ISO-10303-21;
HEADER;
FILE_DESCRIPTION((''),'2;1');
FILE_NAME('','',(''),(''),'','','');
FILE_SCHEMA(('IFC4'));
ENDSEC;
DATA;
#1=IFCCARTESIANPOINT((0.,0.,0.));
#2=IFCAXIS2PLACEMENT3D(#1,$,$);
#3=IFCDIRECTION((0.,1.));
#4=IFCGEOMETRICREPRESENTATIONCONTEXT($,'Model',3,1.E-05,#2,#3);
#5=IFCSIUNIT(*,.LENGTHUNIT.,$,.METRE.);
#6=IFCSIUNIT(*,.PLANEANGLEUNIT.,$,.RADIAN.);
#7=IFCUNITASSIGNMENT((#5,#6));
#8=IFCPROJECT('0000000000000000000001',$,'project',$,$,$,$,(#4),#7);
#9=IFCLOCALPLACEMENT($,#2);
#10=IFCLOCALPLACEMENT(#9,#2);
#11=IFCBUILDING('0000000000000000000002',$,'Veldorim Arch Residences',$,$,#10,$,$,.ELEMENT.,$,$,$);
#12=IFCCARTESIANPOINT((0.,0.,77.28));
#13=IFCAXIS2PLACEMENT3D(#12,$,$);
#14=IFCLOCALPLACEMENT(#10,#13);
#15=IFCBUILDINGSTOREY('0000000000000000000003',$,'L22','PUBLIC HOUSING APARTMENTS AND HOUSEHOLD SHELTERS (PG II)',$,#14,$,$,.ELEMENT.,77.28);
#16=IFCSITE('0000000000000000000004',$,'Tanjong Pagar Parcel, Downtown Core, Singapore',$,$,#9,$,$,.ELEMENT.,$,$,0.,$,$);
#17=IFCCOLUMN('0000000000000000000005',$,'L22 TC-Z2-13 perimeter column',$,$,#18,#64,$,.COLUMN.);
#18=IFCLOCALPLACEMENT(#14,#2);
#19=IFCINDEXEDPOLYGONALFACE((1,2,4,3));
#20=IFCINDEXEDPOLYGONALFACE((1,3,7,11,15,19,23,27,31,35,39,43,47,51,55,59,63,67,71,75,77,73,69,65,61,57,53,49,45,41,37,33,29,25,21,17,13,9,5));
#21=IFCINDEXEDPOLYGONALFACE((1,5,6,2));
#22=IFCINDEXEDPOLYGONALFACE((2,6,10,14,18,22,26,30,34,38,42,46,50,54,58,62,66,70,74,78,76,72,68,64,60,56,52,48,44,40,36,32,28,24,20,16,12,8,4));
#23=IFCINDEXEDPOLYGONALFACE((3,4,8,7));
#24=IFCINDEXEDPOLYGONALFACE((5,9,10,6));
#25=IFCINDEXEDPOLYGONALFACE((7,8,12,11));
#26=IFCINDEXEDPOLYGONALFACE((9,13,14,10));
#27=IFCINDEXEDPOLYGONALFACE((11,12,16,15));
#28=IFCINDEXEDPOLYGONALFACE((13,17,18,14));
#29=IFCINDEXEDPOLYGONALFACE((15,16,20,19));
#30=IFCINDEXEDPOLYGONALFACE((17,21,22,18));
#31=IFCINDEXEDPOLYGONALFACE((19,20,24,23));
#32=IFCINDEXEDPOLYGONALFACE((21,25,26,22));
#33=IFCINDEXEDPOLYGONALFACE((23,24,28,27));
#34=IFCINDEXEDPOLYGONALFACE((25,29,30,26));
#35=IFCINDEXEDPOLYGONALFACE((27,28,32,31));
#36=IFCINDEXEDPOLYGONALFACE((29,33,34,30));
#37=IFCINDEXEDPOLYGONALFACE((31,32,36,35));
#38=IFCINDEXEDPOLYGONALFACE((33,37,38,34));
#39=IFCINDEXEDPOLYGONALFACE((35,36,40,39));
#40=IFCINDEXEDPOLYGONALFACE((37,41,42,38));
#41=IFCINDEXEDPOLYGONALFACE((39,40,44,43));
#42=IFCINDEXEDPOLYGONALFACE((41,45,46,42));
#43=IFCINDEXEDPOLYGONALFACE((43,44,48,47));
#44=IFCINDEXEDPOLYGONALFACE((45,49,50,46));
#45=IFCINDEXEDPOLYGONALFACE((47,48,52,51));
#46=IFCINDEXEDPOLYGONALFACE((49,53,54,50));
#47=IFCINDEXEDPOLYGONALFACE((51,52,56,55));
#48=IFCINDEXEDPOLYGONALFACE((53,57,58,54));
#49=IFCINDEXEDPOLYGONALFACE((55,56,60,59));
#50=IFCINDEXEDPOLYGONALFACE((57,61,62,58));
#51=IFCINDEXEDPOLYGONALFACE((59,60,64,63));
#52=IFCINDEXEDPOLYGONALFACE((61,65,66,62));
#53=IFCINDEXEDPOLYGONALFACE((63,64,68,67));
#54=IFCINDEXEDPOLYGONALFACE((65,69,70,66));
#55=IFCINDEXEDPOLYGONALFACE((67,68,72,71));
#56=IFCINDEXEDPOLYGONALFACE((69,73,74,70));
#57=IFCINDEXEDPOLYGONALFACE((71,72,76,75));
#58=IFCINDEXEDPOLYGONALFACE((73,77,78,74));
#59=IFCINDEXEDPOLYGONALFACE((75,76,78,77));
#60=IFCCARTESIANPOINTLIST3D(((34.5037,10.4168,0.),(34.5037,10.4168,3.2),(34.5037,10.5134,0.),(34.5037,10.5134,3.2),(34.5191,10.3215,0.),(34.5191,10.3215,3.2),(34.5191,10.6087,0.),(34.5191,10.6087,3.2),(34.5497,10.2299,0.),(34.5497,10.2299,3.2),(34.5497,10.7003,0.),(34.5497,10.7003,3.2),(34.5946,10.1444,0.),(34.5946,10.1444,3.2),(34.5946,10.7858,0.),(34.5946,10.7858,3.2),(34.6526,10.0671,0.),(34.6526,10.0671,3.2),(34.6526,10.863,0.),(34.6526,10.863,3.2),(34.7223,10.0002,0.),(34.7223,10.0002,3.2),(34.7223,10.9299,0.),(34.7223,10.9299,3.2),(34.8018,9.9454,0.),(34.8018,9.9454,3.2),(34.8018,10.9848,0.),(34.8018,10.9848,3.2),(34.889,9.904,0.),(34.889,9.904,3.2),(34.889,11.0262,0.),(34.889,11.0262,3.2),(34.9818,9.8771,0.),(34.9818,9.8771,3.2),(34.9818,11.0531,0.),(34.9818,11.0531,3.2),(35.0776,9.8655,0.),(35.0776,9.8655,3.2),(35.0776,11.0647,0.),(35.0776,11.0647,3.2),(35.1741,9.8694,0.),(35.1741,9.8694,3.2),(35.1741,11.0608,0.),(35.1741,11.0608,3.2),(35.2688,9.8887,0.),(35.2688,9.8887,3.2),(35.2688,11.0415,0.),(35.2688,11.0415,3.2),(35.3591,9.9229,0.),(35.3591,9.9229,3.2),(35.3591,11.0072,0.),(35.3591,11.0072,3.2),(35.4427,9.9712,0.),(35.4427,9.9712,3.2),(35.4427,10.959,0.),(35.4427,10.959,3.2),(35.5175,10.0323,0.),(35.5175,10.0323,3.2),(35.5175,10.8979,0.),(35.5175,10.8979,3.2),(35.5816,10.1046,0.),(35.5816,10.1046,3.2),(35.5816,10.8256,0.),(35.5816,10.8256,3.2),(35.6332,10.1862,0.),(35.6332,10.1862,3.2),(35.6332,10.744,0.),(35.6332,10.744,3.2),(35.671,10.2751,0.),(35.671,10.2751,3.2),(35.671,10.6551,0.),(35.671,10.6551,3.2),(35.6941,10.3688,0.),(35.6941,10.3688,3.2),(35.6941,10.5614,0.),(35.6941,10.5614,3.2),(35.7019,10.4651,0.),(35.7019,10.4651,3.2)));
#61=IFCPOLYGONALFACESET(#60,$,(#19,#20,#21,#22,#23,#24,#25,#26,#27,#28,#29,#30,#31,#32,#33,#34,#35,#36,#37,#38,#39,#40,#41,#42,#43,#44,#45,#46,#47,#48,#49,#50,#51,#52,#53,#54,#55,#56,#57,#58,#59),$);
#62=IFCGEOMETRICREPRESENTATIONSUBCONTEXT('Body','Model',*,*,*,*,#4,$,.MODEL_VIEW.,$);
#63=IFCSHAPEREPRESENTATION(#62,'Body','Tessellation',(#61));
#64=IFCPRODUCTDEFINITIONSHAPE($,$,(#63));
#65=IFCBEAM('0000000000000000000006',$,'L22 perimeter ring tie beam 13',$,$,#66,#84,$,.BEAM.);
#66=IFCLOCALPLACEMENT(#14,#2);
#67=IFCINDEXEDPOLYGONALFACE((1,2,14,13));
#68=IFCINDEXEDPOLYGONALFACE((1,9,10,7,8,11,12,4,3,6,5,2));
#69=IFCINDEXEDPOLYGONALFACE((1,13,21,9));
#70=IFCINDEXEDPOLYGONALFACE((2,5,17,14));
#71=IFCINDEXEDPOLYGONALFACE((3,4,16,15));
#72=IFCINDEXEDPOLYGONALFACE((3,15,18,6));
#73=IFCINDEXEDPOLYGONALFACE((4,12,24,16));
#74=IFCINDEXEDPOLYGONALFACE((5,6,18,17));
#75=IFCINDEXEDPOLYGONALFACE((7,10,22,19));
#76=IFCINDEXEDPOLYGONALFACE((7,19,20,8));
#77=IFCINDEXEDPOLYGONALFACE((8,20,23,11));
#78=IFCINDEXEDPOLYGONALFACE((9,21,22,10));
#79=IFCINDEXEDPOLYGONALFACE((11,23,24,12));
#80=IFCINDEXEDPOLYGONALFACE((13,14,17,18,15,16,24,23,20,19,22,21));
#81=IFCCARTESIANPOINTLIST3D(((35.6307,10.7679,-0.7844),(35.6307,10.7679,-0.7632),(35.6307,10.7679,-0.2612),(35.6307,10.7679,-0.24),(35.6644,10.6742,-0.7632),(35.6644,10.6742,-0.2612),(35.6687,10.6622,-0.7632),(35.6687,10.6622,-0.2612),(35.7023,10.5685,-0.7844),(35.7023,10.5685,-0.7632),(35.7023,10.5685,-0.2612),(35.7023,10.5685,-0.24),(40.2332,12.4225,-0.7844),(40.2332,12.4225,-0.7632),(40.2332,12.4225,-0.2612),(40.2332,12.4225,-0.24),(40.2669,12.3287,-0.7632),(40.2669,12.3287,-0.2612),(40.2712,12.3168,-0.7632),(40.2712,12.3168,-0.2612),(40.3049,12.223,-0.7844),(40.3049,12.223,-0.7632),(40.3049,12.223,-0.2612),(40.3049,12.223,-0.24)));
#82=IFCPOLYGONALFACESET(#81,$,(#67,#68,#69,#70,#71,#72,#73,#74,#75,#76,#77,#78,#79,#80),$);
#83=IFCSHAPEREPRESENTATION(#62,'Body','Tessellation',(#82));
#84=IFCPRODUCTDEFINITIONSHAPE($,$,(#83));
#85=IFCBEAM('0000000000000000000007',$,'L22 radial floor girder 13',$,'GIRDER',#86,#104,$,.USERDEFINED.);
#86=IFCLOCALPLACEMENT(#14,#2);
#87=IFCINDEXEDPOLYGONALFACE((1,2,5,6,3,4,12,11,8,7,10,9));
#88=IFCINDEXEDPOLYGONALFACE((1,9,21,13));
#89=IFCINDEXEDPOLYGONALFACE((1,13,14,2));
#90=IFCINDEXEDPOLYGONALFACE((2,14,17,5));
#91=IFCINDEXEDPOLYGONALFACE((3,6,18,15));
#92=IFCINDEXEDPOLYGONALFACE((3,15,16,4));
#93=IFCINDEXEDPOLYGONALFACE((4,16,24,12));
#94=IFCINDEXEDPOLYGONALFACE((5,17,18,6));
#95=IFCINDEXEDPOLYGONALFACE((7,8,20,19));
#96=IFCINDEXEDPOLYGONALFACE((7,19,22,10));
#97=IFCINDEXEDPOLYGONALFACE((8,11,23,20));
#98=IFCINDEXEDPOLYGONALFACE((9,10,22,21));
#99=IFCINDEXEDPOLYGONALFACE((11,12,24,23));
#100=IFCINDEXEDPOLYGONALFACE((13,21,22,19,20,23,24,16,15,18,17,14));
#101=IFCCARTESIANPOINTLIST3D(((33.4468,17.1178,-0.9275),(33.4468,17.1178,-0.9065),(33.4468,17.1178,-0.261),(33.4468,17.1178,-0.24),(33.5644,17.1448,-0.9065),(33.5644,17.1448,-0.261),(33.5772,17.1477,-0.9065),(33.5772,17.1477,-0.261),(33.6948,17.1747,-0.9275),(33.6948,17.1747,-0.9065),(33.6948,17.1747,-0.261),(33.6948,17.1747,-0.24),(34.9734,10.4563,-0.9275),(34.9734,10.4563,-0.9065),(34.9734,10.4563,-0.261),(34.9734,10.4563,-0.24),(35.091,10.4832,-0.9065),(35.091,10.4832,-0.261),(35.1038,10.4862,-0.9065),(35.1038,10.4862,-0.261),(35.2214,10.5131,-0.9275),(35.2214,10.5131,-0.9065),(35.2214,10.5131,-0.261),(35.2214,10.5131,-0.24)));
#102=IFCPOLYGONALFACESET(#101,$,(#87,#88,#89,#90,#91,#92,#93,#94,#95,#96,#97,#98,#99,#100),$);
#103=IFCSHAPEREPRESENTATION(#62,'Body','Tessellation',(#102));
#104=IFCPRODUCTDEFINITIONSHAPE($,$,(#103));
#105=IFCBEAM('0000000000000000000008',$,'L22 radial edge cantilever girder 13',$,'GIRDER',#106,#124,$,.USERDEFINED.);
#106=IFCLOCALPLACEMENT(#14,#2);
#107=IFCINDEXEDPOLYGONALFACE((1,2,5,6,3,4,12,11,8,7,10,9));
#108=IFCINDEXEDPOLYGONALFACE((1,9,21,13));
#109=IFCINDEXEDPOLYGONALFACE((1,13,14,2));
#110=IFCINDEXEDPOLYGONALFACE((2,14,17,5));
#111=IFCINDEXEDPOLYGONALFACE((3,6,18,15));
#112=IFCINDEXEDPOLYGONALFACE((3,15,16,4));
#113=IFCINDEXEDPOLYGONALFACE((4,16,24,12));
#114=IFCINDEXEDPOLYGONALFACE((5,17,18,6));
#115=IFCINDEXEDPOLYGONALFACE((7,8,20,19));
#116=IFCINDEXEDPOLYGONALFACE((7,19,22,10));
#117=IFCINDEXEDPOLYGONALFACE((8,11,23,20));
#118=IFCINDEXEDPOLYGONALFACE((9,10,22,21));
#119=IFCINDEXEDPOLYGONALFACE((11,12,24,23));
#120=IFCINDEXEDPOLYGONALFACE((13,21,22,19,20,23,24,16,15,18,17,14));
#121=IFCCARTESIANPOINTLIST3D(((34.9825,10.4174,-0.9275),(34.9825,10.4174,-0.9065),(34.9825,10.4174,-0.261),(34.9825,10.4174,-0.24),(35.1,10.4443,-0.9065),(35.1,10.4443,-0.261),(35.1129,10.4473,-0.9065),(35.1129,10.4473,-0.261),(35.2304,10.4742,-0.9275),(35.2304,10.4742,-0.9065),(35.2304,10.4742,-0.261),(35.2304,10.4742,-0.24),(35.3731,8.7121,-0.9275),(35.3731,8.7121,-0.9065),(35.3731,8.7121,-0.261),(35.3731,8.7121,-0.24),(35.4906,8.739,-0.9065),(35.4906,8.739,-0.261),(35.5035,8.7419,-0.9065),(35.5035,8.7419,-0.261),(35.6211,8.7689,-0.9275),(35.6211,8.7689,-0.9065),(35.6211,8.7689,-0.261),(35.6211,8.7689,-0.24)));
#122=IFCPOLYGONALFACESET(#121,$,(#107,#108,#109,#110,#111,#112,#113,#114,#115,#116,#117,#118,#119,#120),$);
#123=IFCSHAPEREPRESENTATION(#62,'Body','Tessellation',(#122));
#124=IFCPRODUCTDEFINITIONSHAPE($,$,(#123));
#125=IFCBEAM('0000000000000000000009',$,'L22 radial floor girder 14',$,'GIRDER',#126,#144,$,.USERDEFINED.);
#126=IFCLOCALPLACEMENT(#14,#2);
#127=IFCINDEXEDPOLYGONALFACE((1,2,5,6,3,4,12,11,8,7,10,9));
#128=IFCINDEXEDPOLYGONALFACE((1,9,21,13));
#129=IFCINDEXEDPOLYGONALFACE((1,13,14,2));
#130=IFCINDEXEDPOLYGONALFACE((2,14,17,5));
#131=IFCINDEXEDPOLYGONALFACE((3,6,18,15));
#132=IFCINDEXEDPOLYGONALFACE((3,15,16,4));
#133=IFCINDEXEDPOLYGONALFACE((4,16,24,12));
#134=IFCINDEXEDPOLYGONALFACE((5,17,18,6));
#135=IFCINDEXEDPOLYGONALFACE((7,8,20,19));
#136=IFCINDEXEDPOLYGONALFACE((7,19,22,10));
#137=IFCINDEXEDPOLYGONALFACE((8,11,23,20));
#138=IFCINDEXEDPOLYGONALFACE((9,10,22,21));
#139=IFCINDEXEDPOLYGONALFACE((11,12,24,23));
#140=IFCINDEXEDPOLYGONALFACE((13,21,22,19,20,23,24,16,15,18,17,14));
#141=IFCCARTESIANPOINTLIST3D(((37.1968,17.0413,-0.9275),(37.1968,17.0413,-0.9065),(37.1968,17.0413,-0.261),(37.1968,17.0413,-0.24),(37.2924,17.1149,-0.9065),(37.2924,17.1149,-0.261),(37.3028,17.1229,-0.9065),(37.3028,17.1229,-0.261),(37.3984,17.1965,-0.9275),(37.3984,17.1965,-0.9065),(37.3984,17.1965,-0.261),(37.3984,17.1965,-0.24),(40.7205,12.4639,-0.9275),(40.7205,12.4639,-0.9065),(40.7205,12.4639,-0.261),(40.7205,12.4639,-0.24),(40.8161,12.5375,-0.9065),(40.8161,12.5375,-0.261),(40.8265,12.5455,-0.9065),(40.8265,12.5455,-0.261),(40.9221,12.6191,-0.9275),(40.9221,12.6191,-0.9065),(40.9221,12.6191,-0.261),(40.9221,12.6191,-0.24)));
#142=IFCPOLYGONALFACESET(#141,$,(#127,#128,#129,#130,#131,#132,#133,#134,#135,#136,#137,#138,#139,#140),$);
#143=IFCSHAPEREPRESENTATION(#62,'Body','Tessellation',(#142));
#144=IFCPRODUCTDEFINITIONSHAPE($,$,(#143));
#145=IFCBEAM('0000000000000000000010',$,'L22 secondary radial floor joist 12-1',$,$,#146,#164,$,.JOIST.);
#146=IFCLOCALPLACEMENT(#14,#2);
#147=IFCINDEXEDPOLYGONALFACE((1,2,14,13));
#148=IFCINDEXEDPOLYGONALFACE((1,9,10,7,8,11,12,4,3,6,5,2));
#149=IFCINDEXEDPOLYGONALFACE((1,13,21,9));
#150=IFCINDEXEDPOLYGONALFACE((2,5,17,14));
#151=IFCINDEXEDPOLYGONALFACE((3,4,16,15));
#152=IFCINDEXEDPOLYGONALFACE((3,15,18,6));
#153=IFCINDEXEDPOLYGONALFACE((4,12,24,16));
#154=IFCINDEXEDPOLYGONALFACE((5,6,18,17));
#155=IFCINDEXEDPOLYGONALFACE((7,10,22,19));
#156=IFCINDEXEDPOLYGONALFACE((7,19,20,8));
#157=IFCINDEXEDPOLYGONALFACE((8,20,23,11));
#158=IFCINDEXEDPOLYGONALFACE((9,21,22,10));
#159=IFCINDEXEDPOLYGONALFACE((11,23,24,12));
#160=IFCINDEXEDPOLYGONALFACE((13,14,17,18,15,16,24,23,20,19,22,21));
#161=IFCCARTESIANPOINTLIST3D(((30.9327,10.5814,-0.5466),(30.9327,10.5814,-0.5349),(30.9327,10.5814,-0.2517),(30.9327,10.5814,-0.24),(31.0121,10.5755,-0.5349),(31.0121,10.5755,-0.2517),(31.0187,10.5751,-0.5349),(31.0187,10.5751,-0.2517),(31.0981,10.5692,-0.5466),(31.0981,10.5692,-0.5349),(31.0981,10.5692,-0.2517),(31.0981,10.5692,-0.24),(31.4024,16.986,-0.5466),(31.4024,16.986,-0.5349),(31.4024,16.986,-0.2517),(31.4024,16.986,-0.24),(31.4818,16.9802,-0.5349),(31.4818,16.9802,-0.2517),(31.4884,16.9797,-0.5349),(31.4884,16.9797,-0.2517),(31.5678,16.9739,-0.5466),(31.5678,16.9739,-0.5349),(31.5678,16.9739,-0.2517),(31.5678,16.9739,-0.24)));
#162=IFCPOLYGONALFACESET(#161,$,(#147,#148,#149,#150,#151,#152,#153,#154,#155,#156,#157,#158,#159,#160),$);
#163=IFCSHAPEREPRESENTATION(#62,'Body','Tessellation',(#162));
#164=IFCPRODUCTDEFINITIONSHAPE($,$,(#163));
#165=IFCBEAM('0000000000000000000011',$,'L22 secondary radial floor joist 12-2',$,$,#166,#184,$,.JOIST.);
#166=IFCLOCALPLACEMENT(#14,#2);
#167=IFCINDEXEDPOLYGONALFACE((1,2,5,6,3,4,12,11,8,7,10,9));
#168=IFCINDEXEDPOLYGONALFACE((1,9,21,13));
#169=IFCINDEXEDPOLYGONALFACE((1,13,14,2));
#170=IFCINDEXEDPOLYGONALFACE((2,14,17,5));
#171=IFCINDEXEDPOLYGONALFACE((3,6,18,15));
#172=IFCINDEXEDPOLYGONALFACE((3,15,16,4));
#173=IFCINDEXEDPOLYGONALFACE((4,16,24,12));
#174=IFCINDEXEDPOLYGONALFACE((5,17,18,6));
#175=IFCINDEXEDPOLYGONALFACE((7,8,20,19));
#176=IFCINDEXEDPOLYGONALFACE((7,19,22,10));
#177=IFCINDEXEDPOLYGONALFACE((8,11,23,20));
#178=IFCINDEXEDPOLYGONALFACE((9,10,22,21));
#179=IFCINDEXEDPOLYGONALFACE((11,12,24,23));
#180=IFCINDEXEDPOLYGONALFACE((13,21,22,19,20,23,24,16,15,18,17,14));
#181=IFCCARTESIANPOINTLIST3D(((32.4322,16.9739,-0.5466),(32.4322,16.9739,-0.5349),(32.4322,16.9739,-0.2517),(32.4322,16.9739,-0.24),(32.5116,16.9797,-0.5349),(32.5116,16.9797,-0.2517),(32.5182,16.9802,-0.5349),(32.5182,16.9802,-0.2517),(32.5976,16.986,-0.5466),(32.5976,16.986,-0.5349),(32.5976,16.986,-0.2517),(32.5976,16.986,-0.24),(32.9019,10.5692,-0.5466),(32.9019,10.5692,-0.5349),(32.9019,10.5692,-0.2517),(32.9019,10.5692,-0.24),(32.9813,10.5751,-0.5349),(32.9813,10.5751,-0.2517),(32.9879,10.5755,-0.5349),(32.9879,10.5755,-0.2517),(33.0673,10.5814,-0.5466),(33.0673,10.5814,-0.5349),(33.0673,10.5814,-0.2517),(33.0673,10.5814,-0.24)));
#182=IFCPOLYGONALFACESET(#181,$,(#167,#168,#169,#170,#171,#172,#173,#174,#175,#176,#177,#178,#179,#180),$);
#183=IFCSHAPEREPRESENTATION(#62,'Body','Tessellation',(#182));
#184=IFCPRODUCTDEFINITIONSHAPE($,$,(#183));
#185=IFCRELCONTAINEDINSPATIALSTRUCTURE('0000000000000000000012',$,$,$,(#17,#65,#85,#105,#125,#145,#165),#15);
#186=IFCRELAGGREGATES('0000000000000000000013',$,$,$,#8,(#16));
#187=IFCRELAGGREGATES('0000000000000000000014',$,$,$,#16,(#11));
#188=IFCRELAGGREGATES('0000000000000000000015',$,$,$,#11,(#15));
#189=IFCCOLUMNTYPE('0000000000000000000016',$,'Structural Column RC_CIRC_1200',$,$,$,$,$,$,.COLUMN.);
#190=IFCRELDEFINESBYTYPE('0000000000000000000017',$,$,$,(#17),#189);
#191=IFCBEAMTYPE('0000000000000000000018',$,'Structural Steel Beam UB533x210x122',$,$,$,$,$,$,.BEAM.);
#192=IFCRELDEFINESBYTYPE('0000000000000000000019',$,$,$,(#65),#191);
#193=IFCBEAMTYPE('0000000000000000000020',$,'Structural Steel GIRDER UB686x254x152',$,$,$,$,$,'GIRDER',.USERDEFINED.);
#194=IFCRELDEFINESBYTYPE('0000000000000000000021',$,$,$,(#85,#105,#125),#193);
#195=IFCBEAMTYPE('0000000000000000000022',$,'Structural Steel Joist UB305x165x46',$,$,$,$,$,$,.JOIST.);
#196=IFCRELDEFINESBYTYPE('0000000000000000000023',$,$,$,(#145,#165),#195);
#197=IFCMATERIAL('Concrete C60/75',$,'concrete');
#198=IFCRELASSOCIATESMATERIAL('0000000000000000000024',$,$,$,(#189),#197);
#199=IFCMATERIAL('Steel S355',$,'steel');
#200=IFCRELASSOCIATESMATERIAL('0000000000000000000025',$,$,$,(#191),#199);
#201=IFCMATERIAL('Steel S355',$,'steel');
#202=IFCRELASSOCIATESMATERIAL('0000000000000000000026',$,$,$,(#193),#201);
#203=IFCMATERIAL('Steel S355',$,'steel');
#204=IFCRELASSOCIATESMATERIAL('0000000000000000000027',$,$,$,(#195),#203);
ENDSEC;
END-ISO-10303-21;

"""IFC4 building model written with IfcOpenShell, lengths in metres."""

from ifc_helpers import new_model, si_unit, direction, frame, origin, origin_2d, place, context, subcontext, project, spatial, circle, i_section, extrude, material, material_profile, profile_set, type_object, element, save


model = new_model("IFC4")

# Units and contexts
model_context = context("Model", 3, precision=1e-05, world=origin(), true_north=direction((0.0, 1.0)))
body_context = subcontext(model_context, "Body", "Model", "MODEL_VIEW")
ifc_project = project(units=[si_unit("LENGTHUNIT", "METRE"), si_unit("PLANEANGLEUNIT", "RADIAN")], contexts=[model_context])

# Site, building, storey
site_placement = place(None, origin())
site = spatial("IfcSite", under=ifc_project, at=site_placement, Name="Tanjong Pagar Parcel, Downtown Core, Singapore", CompositionType="ELEMENT", RefElevation=0.0)
building_placement = place(site_placement, origin())
building = spatial("IfcBuilding", under=site, at=building_placement, Name="Veldorim Arch Residences", CompositionType="ELEMENT")
storey_placement = place(building_placement, frame((0.0, 0.0, 77.28)))
storey = spatial("IfcBuildingStorey", under=building, at=storey_placement, Name="L22", Description="PUBLIC HOUSING APARTMENTS AND HOUSEHOLD SHELTERS (PG II)", CompositionType="ELEMENT", Elevation=77.28)

# Column
ifc_material_1 = material(Name="Concrete C60/75", Category="concrete")
ifc_material_profile_1 = material_profile(ifc_material_1, circle(Radius=0.6001, at=origin_2d()), Name="RC_CIRC_1200")
ifc_profile_set_1 = profile_set([ifc_material_profile_1], Name="Concrete C60/75")
column_type = type_object("IfcColumnType", Name="Structural Column RC_CIRC_1200", PredefinedType="COLUMN", material=ifc_profile_set_1)
column_placement = place(storey_placement, frame((35.1018, 10.4651, 0.0), z_axis=(0.0, 0.0, 1.0), x_axis=(1.0, 0.0, 0.0)))
element("IfcColumn", 1, at=column_placement, inside=storey, type_object=column_type, Name="L22 TC-Z2-13 perimeter column", PredefinedType="COLUMN", context=body_context, shape_type="SweptSolid", body=[
    extrude(circle(Radius=0.6001, at=origin_2d()), origin(), (0.0, 0.0, 1.0), 3.2),
])

# Beams
ifc_material_2 = material(Name="Steel S355", Category="steel")
ifc_material_profile_2 = material_profile(ifc_material_2, i_section(OverallWidth=0.2119, OverallDepth=0.5444, WebThickness=0.0127, FlangeThickness=0.0212, at=origin_2d()), Name="UB533x210x122")
ifc_profile_set_2 = profile_set([ifc_material_profile_2], Name="Steel S355")
beam_type_1 = type_object("IfcBeamType", Name="Structural Steel Beam UB533x210x122", PredefinedType="BEAM", material=ifc_profile_set_2)
beam_1_placement = place(storey_placement, frame((35.6665, 10.6682, -0.5122), z_axis=(0.941042, 0.33829, 0.0), x_axis=(-0.33829, 0.941042, 0.0)))
element("IfcBeam", 2, at=beam_1_placement, inside=storey, type_object=beam_type_1, Name="L22 perimeter ring tie beam 13", PredefinedType="BEAM", context=body_context, shape_type="SweptSolid", body=[
    extrude(i_section(OverallWidth=0.2119, OverallDepth=0.5444, WebThickness=0.0127, FlangeThickness=0.0212, at=origin_2d()), origin(), (0.0, 0.0, 1.0), 4.8909),
])
ifc_material_3 = material(Name="Steel S355", Category="steel")
ifc_material_profile_3 = material_profile(ifc_material_3, i_section(OverallWidth=0.2544, OverallDepth=0.6875, WebThickness=0.0132, FlangeThickness=0.021, at=origin_2d()), Name="UB686x254x152")
ifc_profile_set_3 = profile_set([ifc_material_profile_3], Name="Steel S355")
beam_type_2 = type_object("IfcBeamType", Name="Structural Steel GIRDER UB686x254x152", ElementType="GIRDER", PredefinedType="USERDEFINED", material=ifc_profile_set_3)
beam_2_placement = place(storey_placement, frame((33.5708, 17.1462, -0.5837), z_axis=(0.223375, -0.974733, 0.0), x_axis=(0.974733, 0.223375, 0.0)))
element("IfcBeam", 3, at=beam_2_placement, inside=storey, type_object=beam_type_2, Name="L22 radial floor girder 13", ObjectType="GIRDER", PredefinedType="USERDEFINED", context=body_context, shape_type="SweptSolid", body=[
    extrude(i_section(OverallWidth=0.2544, OverallDepth=0.6875, WebThickness=0.0132, FlangeThickness=0.021, at=origin_2d()), origin(), (0.0, 0.0, 1.0), 6.8342),
])
beam_3_placement = place(storey_placement, frame((35.1064, 10.4458, -0.5837), z_axis=(0.223279, -0.974754, 0.0), x_axis=(0.974754, 0.223279, 0.0)))
element("IfcBeam", 4, at=beam_3_placement, inside=storey, type_object=beam_type_2, Name="L22 radial edge cantilever girder 13", ObjectType="GIRDER", PredefinedType="USERDEFINED", context=body_context, shape_type="SweptSolid", body=[
    extrude(i_section(OverallWidth=0.2544, OverallDepth=0.6875, WebThickness=0.0132, FlangeThickness=0.021, at=origin_2d()), origin(), (0.0, 0.0, 1.0), 1.7495),
])
beam_4_placement = place(storey_placement, frame((37.2976, 17.1189, -0.5837), z_axis=(0.609995, -0.792406, 0.0), x_axis=(0.792406, 0.609995, 0.0)))
element("IfcBeam", 5, at=beam_4_placement, inside=storey, type_object=beam_type_2, Name="L22 radial floor girder 14", ObjectType="GIRDER", PredefinedType="USERDEFINED", context=body_context, shape_type="SweptSolid", body=[
    extrude(i_section(OverallWidth=0.2544, OverallDepth=0.6875, WebThickness=0.0132, FlangeThickness=0.021, at=origin_2d()), origin(), (0.0, 0.0, 1.0), 5.7766),
])
ifc_material_4 = material(Name="Steel S355", Category="steel")
ifc_material_profile_4 = material_profile(ifc_material_4, i_section(OverallWidth=0.1658, OverallDepth=0.3066, WebThickness=0.0066, FlangeThickness=0.0117, at=origin_2d()), Name="UB305x165x46")
ifc_profile_set_4 = profile_set([ifc_material_profile_4], Name="Steel S355")
beam_type_3 = type_object("IfcBeamType", Name="Structural Steel Joist UB305x165x46", PredefinedType="JOIST", material=ifc_profile_set_4)
for number, where, z_axis, x_axis, name in (
    (6, (31.4851, 16.98, -0.3933), (-0.073143, -0.997321, 0.0), (0.997321, -0.073143, 0.0), "L22 secondary radial floor joist 12-1"),
    (7, (32.5149, 16.98, -0.3933), (0.073143, -0.997321, 0.0), (0.997321, 0.073143, 0.0), "L22 secondary radial floor joist 12-2"),
):
    element("IfcBeam", number, at=place(storey_placement, frame(where, z_axis=z_axis, x_axis=x_axis)), inside=storey, type_object=beam_type_3, Name=name, PredefinedType="JOIST", context=body_context, shape_type="SweptSolid", body=[
        extrude(i_section(OverallWidth=0.1658, OverallDepth=0.3066, WebThickness=0.0066, FlangeThickness=0.0117, at=origin_2d()), origin(), (0.0, 0.0, 1.0), 6.4219),
    ])

save(model, "model.ifc")
